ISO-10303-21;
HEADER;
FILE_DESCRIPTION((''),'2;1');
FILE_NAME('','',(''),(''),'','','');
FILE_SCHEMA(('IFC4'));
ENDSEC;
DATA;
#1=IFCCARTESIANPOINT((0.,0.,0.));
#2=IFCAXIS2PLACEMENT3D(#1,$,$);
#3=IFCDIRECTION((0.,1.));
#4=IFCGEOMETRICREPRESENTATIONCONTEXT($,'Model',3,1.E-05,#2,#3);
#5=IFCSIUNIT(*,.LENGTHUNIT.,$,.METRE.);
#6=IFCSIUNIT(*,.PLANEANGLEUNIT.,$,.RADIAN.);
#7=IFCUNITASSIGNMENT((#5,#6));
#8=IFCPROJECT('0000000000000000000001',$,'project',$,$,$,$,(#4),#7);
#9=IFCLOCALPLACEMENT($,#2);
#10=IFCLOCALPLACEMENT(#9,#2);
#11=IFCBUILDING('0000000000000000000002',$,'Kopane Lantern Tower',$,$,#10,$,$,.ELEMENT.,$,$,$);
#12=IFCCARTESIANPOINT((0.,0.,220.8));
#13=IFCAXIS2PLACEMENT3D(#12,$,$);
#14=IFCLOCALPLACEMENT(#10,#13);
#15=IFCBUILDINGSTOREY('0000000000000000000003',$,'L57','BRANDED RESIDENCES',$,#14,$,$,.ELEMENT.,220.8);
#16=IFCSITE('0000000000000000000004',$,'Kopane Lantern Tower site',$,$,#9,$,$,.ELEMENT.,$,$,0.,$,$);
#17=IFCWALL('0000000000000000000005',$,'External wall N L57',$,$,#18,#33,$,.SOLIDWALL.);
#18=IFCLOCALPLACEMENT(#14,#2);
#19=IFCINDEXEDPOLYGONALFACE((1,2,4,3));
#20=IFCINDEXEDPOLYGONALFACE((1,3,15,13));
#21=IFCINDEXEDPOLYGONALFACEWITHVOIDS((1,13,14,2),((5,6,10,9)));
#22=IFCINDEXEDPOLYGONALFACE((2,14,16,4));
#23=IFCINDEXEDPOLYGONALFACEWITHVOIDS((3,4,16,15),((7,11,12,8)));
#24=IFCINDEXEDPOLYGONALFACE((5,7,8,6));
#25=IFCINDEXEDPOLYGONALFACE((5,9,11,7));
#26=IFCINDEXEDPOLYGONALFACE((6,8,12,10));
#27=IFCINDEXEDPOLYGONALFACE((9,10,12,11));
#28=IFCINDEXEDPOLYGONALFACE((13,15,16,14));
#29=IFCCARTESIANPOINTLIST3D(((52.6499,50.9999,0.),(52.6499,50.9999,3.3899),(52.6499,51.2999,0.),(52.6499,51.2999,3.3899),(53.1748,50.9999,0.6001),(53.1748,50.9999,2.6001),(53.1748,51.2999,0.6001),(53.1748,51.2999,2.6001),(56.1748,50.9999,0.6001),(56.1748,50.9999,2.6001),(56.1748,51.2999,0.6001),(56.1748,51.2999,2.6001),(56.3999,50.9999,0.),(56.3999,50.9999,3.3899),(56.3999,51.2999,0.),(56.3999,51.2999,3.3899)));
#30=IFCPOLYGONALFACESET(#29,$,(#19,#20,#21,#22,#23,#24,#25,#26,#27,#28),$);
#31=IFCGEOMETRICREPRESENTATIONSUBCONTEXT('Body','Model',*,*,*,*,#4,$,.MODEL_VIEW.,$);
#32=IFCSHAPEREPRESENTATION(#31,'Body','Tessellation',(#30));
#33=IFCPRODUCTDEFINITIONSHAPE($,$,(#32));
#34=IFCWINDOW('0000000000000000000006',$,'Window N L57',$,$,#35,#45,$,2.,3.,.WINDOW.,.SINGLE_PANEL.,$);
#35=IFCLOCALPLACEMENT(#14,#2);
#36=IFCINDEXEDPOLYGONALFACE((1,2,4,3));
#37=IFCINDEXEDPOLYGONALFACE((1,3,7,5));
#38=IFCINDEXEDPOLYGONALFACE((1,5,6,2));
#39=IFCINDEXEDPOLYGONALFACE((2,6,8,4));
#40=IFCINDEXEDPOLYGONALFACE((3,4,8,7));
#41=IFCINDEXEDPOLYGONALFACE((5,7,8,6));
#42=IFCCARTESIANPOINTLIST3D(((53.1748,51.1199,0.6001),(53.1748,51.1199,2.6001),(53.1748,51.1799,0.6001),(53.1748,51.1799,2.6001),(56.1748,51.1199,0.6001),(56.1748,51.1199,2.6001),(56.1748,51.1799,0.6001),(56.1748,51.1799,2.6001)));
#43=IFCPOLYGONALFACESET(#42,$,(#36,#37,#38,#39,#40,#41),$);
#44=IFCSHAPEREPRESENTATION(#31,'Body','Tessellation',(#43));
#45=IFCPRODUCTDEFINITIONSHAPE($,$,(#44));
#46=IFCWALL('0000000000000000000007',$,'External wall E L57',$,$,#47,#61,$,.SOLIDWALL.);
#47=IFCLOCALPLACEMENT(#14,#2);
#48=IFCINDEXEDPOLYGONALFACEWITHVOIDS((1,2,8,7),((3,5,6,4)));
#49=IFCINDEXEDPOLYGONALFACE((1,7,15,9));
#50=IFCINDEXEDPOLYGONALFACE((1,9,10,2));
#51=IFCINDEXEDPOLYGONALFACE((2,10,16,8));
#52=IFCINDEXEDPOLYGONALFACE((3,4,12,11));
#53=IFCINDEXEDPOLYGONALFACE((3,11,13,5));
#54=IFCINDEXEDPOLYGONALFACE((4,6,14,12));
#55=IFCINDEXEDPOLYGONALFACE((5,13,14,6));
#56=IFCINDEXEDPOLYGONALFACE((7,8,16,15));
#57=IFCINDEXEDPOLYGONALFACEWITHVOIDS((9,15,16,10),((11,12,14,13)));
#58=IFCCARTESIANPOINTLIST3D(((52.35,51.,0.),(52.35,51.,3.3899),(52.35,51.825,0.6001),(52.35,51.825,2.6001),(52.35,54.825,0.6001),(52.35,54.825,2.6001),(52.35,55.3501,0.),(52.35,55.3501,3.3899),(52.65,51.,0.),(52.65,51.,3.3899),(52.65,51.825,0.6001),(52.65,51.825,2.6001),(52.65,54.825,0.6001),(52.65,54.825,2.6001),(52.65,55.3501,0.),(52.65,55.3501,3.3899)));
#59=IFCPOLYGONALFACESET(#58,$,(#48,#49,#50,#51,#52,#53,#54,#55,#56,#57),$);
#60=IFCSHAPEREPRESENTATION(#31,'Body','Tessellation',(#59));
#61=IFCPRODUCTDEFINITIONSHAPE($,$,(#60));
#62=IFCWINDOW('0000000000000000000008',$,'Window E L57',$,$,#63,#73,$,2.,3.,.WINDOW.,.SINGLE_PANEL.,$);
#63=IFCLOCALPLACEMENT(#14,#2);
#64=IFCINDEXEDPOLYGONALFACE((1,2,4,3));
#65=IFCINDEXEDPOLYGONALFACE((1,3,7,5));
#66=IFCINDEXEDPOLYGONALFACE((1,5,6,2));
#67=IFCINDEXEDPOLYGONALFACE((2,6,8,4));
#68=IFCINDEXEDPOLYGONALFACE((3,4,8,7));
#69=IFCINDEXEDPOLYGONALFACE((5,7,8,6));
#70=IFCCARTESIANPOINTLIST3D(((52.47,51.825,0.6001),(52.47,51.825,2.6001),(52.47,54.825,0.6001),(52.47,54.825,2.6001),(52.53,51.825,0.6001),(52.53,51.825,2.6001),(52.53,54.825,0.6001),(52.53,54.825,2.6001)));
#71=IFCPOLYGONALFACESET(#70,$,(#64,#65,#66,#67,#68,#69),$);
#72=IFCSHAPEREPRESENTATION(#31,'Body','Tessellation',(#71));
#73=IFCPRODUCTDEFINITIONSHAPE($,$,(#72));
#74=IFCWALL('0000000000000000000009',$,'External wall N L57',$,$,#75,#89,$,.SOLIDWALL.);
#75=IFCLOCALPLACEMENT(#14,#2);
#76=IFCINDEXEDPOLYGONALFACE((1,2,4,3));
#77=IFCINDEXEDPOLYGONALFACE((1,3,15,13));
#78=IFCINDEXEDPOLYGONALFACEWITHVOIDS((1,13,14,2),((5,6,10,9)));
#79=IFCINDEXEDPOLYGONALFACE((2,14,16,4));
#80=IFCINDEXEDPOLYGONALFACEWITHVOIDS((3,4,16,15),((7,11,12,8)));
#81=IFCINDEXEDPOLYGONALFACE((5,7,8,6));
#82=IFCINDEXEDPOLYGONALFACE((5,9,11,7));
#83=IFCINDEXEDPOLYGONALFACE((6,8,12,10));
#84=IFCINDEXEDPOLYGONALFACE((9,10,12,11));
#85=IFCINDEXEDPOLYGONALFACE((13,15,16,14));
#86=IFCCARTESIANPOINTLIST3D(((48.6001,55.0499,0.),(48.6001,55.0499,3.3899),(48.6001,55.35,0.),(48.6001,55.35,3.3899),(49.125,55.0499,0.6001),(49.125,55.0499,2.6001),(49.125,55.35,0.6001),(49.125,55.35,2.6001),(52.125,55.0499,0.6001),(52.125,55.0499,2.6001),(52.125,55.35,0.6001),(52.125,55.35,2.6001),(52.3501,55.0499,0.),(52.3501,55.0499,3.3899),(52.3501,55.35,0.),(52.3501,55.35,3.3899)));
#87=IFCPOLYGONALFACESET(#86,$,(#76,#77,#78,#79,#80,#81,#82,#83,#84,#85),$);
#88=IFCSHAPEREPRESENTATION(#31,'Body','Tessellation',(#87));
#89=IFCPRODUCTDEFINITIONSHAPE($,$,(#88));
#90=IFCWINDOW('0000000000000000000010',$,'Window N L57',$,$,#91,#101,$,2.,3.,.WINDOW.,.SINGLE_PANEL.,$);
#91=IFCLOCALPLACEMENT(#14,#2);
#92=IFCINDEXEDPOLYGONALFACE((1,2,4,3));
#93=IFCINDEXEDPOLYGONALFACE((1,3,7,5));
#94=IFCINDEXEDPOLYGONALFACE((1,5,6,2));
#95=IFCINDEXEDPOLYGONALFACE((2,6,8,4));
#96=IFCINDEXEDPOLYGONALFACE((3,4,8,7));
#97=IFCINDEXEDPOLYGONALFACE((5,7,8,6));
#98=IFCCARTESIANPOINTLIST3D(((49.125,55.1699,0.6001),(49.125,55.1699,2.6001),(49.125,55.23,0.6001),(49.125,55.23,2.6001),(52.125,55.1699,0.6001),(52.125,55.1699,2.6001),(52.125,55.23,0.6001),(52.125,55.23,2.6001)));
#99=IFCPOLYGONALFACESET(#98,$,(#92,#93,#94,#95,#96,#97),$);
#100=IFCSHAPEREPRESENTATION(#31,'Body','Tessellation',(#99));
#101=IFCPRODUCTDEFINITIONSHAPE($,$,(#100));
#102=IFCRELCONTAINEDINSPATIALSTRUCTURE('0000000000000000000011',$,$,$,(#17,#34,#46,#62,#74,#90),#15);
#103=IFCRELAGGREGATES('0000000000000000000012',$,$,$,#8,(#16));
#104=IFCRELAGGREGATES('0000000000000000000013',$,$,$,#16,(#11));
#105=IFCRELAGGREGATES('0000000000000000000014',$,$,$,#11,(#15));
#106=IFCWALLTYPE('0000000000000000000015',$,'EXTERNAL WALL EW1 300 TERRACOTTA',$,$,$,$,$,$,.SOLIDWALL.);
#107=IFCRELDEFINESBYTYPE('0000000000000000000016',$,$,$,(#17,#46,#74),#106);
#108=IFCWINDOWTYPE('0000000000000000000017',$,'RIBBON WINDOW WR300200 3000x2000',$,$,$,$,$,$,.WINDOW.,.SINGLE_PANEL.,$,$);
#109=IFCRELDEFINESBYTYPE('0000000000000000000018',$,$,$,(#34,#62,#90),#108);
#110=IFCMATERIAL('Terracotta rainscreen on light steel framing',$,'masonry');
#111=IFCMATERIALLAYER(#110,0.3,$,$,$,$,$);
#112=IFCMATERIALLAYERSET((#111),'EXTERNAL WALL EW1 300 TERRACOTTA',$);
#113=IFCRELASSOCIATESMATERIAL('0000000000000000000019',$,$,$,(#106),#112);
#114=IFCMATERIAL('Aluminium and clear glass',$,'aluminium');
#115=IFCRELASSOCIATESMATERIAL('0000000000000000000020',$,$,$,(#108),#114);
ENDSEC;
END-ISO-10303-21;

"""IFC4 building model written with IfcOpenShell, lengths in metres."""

from ifc_helpers import new_model, si_unit, direction, frame, frame_2d, origin, place, context, subcontext, project, spatial, rectangle, extrude, material, layer, layer_set, type_object, element, fill, save


model = new_model("IFC4")

# Units and contexts
model_context = context("Model", 3, precision=1e-05, world=origin(), true_north=direction((0.0, 1.0)))
body_context = subcontext(model_context, "Body", "Model", "MODEL_VIEW")
ifc_project = project(units=[si_unit("LENGTHUNIT", "METRE"), si_unit("PLANEANGLEUNIT", "RADIAN")], contexts=[model_context])

# Site, building, storey
site_placement = place(None, origin())
site = spatial("IfcSite", under=ifc_project, at=site_placement, Name="Kopane Lantern Tower site", CompositionType="ELEMENT", RefElevation=0.0)
building_placement = place(site_placement, origin())
building = spatial("IfcBuilding", under=site, at=building_placement, Name="Kopane Lantern Tower", CompositionType="ELEMENT")
storey_placement = place(building_placement, frame((0.0, 0.0, 220.8)))
storey = spatial("IfcBuildingStorey", under=building, at=storey_placement, Name="L57", Description="BRANDED RESIDENCES", CompositionType="ELEMENT", Elevation=220.8)

# Walls, openings, windows
ifc_material_1 = material(Name="Terracotta rainscreen on light steel framing", Category="masonry")
ifc_layer = layer(ifc_material_1, 0.3)
ifc_layer_set = layer_set([ifc_layer], Name="EXTERNAL WALL EW1 300 TERRACOTTA")
wall_type = type_object("IfcWallType", Name="EXTERNAL WALL EW1 300 TERRACOTTA", PredefinedType="SOLIDWALL", material=ifc_layer_set)
wall_1_placement = place(storey_placement, frame((56.3999, 51.1499, 0.0), z_axis=(0.0, 0.0, 1.0), x_axis=(-1.0, 0.0, 0.0)))
wall_1 = element("IfcWall", 1, at=wall_1_placement, inside=storey, type_object=wall_type, Name="External wall N L57", PredefinedType="SOLIDWALL", context=body_context, shape_type="SweptSolid", body=[
    extrude(rectangle(XDim=3.75, YDim=0.3, at=frame_2d((1.875, 0.0))), origin(), (0.0, 0.0, 1.0), 3.3899),
])
opening_1_placement = place(wall_1_placement, frame((0.2251, 0.0, 0.6001)))
opening_1 = element("IfcOpeningElement", 2, at=opening_1_placement, cuts=wall_1, PredefinedType="OPENING", context=body_context, shape_type="SweptSolid", body=[
    extrude(rectangle(XDim=3.0, YDim=2.0, at=frame_2d((1.5, 1.0))), frame((0.0, 0.1599, 0.0), z_axis=(0.0, -1.0, 0.0), x_axis=(1.0, 0.0, 0.0)), (0.0, 0.0, 1.0), 0.3201),
])
ifc_material_2 = material(Name="Aluminium and clear glass", Category="aluminium")
window_type = type_object("IfcWindowType", Name="RIBBON WINDOW WR300200 3000x2000", PartitioningType="SINGLE_PANEL", PredefinedType="WINDOW", material=ifc_material_2)
window_1_placement = place(opening_1_placement, origin())
window_1 = element("IfcWindow", 3, at=window_1_placement, inside=storey, type_object=window_type, Name="Window N L57", OverallHeight=2.0, OverallWidth=3.0, PartitioningType="SINGLE_PANEL", PredefinedType="WINDOW", context=body_context, shape_type="SweptSolid", body=[
    extrude(rectangle(XDim=3.0, YDim=2.0, at=frame_2d((1.5, 1.0))), frame((0.0, 0.03, 0.0), z_axis=(0.0, -1.0, 0.0), x_axis=(1.0, 0.0, 0.0)), (0.0, 0.0, 1.0), 0.0601),
])
fill(opening_1, window_1)
wall_2_placement = place(storey_placement, frame((52.5, 51.0, 0.0), z_axis=(0.0, 0.0, 1.0), x_axis=(0.0, 1.0, 0.0)))
wall_2 = element("IfcWall", 4, at=wall_2_placement, inside=storey, type_object=wall_type, Name="External wall E L57", PredefinedType="SOLIDWALL", context=body_context, shape_type="SweptSolid", body=[
    extrude(rectangle(XDim=4.3501, YDim=0.3, at=frame_2d((2.175, 0.0))), origin(), (0.0, 0.0, 1.0), 3.3899),
])
opening_2_placement = place(wall_2_placement, frame((0.825, 0.0, 0.6001)))
opening_2 = element("IfcOpeningElement", 5, at=opening_2_placement, cuts=wall_2, PredefinedType="OPENING", context=body_context, shape_type="SweptSolid", body=[
    extrude(rectangle(XDim=3.0, YDim=2.0, at=frame_2d((1.5, 1.0))), frame((0.0, 0.1599, 0.0), z_axis=(0.0, -1.0, 0.0), x_axis=(1.0, 0.0, 0.0)), (0.0, 0.0, 1.0), 0.3201),
])
window_2_placement = place(opening_2_placement, origin())
window_2 = element("IfcWindow", 6, at=window_2_placement, inside=storey, type_object=window_type, Name="Window E L57", OverallHeight=2.0, OverallWidth=3.0, PartitioningType="SINGLE_PANEL", PredefinedType="WINDOW", context=body_context, shape_type="SweptSolid", body=[
    extrude(rectangle(XDim=3.0, YDim=2.0, at=frame_2d((1.5, 1.0))), frame((0.0, 0.03, 0.0), z_axis=(0.0, -1.0, 0.0), x_axis=(1.0, 0.0, 0.0)), (0.0, 0.0, 1.0), 0.0601),
])
fill(opening_2, window_2)
wall_3_placement = place(storey_placement, frame((52.3501, 55.2, 0.0), z_axis=(0.0, 0.0, 1.0), x_axis=(-1.0, 0.0, 0.0)))
wall_3 = element("IfcWall", 7, at=wall_3_placement, inside=storey, type_object=wall_type, Name="External wall N L57", PredefinedType="SOLIDWALL", context=body_context, shape_type="SweptSolid", body=[
    extrude(rectangle(XDim=3.75, YDim=0.3, at=frame_2d((1.875, 0.0))), origin(), (0.0, 0.0, 1.0), 3.3899),
])
opening_3_placement = place(wall_3_placement, frame((0.2251, 0.0, 0.6001)))
opening_3 = element("IfcOpeningElement", 8, at=opening_3_placement, cuts=wall_3, PredefinedType="OPENING", context=body_context, shape_type="SweptSolid", body=[
    extrude(rectangle(XDim=3.0, YDim=2.0, at=frame_2d((1.5, 1.0))), frame((0.0, 0.1599, 0.0), z_axis=(0.0, -1.0, 0.0), x_axis=(1.0, 0.0, 0.0)), (0.0, 0.0, 1.0), 0.3201),
])
window_3_placement = place(opening_3_placement, origin())
window_3 = element("IfcWindow", 9, at=window_3_placement, inside=storey, type_object=window_type, Name="Window N L57", OverallHeight=2.0, OverallWidth=3.0, PartitioningType="SINGLE_PANEL", PredefinedType="WINDOW", context=body_context, shape_type="SweptSolid", body=[
    extrude(rectangle(XDim=3.0, YDim=2.0, at=frame_2d((1.5, 1.0))), frame((0.0, 0.03, 0.0), z_axis=(0.0, -1.0, 0.0), x_axis=(1.0, 0.0, 0.0)), (0.0, 0.0, 1.0), 0.0601),
])
fill(opening_3, window_3)

save(model, "model.ifc")
